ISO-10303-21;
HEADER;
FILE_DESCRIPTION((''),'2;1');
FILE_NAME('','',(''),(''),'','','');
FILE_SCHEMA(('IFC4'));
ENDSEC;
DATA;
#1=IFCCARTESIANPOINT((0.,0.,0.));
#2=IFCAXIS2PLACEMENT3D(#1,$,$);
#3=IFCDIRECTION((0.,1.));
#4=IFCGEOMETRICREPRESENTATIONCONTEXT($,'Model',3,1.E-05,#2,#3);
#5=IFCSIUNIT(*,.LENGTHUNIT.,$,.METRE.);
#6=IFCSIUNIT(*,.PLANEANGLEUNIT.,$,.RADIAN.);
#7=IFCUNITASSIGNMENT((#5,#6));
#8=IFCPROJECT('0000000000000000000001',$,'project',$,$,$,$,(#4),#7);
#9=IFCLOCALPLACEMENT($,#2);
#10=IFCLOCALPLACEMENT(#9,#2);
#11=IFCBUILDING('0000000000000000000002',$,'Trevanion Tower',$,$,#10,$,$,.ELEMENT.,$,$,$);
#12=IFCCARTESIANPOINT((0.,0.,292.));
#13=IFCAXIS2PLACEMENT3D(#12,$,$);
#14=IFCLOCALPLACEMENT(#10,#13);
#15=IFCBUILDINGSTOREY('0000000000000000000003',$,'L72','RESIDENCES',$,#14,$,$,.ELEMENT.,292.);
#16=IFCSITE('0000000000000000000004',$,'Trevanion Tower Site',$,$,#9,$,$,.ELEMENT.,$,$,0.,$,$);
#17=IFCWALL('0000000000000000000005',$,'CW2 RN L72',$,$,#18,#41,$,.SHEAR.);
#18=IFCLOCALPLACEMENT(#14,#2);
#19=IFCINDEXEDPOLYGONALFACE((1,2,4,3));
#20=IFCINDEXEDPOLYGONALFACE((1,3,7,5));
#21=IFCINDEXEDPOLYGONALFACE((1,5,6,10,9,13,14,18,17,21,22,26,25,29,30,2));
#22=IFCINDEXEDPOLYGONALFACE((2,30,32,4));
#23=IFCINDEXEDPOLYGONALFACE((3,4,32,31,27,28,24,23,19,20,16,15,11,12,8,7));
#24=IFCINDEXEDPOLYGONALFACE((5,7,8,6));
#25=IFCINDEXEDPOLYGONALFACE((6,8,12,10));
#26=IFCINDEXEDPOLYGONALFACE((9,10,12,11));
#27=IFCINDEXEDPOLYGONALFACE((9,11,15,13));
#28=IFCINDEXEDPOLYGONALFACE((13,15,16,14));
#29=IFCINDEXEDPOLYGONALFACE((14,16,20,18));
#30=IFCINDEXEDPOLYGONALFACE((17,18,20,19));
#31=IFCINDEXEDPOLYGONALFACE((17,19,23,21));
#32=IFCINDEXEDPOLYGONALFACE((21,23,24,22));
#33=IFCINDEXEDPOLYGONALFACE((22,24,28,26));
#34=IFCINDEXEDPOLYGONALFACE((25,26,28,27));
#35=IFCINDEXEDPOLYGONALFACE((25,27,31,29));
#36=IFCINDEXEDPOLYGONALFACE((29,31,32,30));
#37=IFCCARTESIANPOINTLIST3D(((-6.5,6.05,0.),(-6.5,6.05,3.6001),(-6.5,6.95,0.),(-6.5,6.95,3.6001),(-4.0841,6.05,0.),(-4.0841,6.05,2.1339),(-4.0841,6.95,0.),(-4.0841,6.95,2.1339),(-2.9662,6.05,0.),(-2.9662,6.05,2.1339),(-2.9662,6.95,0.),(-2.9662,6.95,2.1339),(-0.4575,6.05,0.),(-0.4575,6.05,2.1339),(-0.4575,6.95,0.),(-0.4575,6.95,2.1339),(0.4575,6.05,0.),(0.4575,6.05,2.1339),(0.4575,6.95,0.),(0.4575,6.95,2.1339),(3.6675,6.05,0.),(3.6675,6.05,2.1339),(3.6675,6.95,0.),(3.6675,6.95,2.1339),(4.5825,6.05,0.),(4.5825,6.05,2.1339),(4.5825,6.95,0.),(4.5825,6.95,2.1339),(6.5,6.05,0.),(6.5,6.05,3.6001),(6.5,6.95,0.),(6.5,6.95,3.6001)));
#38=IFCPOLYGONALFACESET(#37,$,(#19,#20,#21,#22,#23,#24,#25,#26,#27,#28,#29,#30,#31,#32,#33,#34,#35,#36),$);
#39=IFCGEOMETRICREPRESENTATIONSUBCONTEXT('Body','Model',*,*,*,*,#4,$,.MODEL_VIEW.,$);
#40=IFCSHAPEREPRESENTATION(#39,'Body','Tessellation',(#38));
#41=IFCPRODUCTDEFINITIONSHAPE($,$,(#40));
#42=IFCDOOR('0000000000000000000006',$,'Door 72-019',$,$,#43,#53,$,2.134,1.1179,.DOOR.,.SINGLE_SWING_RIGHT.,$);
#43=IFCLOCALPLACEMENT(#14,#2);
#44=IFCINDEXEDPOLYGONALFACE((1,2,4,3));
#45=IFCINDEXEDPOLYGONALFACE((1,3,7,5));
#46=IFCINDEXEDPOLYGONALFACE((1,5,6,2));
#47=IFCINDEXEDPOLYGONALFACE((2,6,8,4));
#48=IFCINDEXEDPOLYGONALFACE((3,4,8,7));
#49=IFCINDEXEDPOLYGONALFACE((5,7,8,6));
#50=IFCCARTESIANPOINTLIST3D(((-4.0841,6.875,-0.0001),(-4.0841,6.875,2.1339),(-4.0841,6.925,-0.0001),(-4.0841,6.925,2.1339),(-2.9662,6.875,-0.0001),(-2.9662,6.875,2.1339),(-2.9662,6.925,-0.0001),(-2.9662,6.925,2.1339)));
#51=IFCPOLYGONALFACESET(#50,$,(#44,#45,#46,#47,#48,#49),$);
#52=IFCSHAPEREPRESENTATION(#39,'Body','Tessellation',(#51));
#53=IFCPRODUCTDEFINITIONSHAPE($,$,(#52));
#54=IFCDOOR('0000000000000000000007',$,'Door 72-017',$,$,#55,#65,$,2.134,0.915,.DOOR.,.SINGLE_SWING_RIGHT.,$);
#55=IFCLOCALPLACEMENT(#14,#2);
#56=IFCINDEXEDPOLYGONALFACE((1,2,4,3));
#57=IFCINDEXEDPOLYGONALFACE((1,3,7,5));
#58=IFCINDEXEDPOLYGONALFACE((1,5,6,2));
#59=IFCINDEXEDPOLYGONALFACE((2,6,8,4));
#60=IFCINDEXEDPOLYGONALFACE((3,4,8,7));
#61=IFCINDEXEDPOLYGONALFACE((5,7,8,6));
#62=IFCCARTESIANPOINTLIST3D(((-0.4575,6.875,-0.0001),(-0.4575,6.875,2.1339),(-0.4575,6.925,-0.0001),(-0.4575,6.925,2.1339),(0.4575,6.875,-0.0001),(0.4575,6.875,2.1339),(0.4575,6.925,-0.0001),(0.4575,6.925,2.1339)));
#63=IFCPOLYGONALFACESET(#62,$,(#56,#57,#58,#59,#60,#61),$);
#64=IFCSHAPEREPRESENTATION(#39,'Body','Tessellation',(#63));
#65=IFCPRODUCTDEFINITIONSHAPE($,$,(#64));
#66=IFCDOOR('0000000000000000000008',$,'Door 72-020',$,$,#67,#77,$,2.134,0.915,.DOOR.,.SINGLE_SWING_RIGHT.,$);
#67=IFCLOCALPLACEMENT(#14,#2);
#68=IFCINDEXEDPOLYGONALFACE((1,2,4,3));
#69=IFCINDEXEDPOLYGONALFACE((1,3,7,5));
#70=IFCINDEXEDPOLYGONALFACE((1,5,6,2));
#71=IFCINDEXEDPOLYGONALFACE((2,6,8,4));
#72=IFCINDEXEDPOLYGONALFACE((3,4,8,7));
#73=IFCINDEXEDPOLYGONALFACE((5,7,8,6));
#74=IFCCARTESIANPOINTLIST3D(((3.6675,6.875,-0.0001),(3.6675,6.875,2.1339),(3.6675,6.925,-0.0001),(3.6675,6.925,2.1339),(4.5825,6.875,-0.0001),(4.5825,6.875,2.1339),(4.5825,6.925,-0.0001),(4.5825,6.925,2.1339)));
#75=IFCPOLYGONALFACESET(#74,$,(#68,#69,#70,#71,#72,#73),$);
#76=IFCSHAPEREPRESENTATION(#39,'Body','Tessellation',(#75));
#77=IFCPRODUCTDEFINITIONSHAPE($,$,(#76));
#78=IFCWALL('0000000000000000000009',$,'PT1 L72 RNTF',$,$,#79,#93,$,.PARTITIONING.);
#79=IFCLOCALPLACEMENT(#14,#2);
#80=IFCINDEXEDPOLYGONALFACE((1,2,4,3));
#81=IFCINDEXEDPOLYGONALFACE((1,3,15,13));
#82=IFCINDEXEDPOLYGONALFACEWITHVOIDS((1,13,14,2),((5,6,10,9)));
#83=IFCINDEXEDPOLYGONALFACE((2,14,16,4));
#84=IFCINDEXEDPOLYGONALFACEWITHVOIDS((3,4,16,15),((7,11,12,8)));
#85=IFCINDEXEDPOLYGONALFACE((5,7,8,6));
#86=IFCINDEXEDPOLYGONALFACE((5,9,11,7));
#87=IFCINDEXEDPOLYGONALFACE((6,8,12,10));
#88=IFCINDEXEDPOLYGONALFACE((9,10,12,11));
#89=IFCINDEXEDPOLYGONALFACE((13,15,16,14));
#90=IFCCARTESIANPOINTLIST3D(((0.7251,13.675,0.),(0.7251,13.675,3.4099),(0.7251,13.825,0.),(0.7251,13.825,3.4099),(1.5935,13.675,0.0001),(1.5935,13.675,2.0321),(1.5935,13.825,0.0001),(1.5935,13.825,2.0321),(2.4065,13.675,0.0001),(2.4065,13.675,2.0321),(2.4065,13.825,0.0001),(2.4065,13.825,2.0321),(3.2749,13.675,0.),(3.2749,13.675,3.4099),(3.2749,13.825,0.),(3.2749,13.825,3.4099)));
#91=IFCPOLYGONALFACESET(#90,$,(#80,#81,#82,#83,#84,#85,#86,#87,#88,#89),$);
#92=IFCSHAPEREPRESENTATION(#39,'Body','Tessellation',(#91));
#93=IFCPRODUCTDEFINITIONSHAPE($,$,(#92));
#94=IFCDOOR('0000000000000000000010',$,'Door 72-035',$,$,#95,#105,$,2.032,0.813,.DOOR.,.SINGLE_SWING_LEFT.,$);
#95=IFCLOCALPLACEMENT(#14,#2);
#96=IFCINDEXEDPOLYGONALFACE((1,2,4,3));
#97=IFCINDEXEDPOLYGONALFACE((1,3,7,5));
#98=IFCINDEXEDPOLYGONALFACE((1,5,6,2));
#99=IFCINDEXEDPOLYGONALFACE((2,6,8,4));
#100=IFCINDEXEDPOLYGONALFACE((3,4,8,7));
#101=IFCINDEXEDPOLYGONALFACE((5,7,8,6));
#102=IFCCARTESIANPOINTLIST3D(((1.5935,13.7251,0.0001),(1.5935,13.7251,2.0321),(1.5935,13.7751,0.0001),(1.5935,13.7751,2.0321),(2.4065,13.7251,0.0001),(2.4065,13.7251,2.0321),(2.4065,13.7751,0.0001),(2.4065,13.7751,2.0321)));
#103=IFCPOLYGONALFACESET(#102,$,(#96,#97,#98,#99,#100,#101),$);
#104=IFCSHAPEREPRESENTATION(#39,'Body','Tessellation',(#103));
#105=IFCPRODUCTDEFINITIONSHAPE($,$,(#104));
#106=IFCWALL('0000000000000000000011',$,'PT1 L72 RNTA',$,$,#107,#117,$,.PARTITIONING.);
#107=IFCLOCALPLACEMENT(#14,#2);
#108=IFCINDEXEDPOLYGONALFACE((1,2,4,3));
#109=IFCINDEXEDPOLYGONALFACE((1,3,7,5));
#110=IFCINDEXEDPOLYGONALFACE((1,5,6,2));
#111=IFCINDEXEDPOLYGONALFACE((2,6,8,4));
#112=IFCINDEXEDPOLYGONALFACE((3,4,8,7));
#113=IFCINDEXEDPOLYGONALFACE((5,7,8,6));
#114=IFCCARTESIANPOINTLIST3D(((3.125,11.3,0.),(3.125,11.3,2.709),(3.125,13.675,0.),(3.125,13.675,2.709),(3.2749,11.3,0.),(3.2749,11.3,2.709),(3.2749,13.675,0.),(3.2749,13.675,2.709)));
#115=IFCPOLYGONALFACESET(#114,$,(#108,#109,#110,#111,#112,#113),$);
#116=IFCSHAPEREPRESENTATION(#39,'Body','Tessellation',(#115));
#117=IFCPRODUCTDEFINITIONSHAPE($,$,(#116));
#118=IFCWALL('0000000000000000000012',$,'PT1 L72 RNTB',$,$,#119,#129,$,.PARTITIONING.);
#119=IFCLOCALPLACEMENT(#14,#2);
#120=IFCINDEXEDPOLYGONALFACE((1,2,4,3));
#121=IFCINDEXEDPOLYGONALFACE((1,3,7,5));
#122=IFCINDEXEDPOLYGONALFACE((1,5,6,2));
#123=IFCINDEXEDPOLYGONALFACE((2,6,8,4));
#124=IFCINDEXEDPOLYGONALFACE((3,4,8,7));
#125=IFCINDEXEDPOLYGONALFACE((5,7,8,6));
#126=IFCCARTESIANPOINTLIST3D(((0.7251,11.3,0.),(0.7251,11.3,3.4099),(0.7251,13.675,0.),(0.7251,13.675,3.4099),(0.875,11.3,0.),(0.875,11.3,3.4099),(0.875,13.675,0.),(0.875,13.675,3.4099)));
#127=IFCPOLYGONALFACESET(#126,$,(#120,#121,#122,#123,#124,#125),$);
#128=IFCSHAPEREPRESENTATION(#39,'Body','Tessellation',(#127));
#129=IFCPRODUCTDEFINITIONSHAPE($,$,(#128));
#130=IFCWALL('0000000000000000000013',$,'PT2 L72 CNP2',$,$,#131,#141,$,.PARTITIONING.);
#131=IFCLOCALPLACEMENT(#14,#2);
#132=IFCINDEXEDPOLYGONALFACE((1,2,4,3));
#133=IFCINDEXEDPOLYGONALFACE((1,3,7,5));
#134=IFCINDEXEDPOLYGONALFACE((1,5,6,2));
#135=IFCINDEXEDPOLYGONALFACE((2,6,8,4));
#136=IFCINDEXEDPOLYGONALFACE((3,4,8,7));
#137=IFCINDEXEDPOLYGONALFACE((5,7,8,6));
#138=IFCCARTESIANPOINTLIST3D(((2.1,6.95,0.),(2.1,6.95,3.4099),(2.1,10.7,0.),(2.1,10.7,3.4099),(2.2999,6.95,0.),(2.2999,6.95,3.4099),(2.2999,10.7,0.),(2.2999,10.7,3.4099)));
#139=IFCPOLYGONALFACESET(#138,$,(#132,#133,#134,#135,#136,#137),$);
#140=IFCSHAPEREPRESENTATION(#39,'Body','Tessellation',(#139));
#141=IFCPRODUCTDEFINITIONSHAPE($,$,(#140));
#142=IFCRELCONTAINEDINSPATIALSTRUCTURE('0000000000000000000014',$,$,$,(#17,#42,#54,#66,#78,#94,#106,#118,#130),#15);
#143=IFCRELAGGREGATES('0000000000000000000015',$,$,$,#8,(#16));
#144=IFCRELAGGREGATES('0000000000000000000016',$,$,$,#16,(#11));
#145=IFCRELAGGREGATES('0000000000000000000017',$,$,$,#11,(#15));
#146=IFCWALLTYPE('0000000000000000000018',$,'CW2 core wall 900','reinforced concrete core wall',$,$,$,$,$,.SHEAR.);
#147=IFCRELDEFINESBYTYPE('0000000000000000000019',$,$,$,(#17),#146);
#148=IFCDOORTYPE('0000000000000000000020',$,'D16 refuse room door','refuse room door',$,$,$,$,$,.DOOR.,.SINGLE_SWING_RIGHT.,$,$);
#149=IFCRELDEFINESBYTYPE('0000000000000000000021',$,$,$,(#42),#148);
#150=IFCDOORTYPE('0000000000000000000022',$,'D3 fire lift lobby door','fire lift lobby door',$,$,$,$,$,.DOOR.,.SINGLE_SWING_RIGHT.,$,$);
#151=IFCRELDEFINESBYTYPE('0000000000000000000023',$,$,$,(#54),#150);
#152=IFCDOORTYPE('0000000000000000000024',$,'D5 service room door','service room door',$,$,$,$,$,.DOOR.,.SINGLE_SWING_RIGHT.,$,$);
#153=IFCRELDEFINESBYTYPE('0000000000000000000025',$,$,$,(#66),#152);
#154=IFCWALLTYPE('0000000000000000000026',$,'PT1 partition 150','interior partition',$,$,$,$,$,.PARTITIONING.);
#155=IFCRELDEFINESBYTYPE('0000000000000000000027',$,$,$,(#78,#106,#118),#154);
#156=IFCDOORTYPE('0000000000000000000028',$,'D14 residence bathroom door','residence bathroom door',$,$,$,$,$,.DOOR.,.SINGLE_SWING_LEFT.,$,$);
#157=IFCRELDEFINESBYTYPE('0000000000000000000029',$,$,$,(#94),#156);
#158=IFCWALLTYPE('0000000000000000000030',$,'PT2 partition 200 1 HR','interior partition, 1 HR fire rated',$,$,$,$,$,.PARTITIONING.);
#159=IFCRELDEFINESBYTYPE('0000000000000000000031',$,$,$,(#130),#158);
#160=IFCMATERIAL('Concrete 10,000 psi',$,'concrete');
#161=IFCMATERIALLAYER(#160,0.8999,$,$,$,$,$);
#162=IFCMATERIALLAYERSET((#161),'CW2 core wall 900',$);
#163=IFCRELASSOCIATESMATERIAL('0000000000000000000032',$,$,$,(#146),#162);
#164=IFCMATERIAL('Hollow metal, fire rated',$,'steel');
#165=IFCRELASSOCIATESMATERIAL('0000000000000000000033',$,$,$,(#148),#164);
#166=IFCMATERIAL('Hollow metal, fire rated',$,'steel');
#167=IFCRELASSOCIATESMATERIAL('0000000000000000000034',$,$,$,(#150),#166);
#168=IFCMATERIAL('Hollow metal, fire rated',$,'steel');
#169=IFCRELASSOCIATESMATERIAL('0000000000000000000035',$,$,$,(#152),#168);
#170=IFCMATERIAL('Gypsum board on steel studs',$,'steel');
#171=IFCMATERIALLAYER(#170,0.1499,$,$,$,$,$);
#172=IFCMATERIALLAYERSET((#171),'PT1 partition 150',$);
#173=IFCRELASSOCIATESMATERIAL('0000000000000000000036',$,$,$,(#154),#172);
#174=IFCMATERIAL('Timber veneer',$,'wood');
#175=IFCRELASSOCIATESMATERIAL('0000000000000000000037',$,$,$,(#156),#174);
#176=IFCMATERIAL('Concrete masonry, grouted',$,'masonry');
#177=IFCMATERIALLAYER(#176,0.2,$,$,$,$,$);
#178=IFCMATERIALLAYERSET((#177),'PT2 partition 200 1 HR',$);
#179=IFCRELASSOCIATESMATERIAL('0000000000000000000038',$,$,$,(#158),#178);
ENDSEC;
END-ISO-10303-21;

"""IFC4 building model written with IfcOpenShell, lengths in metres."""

from ifc_helpers import new_model, si_unit, direction, frame, frame_2d, origin, place, context, subcontext, project, spatial, rectangle, extrude, material, layer, layer_set, type_object, element, fill, save


model = new_model("IFC4")

# Units and contexts
model_context = context("Model", 3, precision=1e-05, world=origin(), true_north=direction((0.0, 1.0)))
body_context = subcontext(model_context, "Body", "Model", "MODEL_VIEW")
ifc_project = project(units=[si_unit("LENGTHUNIT", "METRE"), si_unit("PLANEANGLEUNIT", "RADIAN")], contexts=[model_context])

# Site, building, storey
site_placement = place(None, origin())
site = spatial("IfcSite", under=ifc_project, at=site_placement, Name="Trevanion Tower Site", CompositionType="ELEMENT", RefElevation=0.0)
building_placement = place(site_placement, origin())
building = spatial("IfcBuilding", under=site, at=building_placement, Name="Trevanion Tower", CompositionType="ELEMENT")
storey_placement = place(building_placement, frame((0.0, 0.0, 292.0)))
storey = spatial("IfcBuildingStorey", under=building, at=storey_placement, Name="L72", Description="RESIDENCES", CompositionType="ELEMENT", Elevation=292.0)

# Wall, openings, doors
ifc_material_1 = material(Name="Concrete 10,000 psi", Category="concrete")
ifc_layer_1 = layer(ifc_material_1, 0.8999)
ifc_layer_set_1 = layer_set([ifc_layer_1], Name="CW2 core wall 900")
wall_type_1 = type_object("IfcWallType", Name="CW2 core wall 900", Description="reinforced concrete core wall", PredefinedType="SHEAR", material=ifc_layer_set_1)
wall_1_placement = place(storey_placement, frame((6.5, 6.5, 0.0), z_axis=(0.0, 0.0, 1.0), x_axis=(-1.0, 0.0, 0.0)))
wall_1 = element("IfcWall", 1, at=wall_1_placement, inside=storey, type_object=wall_type_1, Name="CW2 RN L72", PredefinedType="SHEAR", context=body_context, shape_type="SweptSolid", body=[
    extrude(rectangle(XDim=13.0, YDim=0.8999, at=frame_2d((6.5, 0.0))), origin(), (0.0, 0.0, 1.0), 3.6001),
])
opening_1_placement = place(wall_1_placement, frame((6.0425, 0.0, 0.0)))
opening_1 = element("IfcOpeningElement", 2, at=opening_1_placement, cuts=wall_1, PredefinedType="OPENING", context=body_context, shape_type="SweptSolid", body=[
    extrude(rectangle(XDim=0.915, YDim=2.134, at=frame_2d((0.4575, 1.0669))), frame((0.0, 0.46, 0.0), z_axis=(0.0, -1.0, 0.0), x_axis=(1.0, 0.0, 0.0)), (0.0, 0.0, 1.0), 0.9199),
])
opening_2_placement = place(wall_1_placement, frame((9.4661, 0.0, 0.0)))
opening_2 = element("IfcOpeningElement", 3, at=opening_2_placement, cuts=wall_1, PredefinedType="OPENING", context=body_context, shape_type="SweptSolid", body=[
    extrude(rectangle(XDim=1.1179, YDim=2.134, at=frame_2d((0.5591, 1.0669))), frame((0.0, 0.46, 0.0), z_axis=(0.0, -1.0, 0.0), x_axis=(1.0, 0.0, 0.0)), (0.0, 0.0, 1.0), 0.9199),
])
opening_3_placement = place(wall_1_placement, frame((1.9175, 0.0, 0.0)))
opening_3 = element("IfcOpeningElement", 4, at=opening_3_placement, cuts=wall_1, PredefinedType="OPENING", context=body_context, shape_type="SweptSolid", body=[
    extrude(rectangle(XDim=0.915, YDim=2.134, at=frame_2d((0.4575, 1.0669))), frame((0.0, 0.46, 0.0), z_axis=(0.0, -1.0, 0.0), x_axis=(1.0, 0.0, 0.0)), (0.0, 0.0, 1.0), 0.9199),
])
ifc_material_2 = material(Name="Hollow metal, fire rated", Category="steel")
door_type_1 = type_object("IfcDoorType", Name="D16 refuse room door", Description="refuse room door", OperationType="SINGLE_SWING_RIGHT", PredefinedType="DOOR", material=ifc_material_2)
door_1_placement = place(opening_2_placement, origin())
door_1 = element("IfcDoor", 5, at=door_1_placement, inside=storey, type_object=door_type_1, Name="Door 72-019", OperationType="SINGLE_SWING_RIGHT", OverallHeight=2.134, OverallWidth=1.1179, PredefinedType="DOOR", context=body_context, shape_type="SweptSolid", body=[
    extrude(rectangle(XDim=1.1179, YDim=2.134, at=frame_2d((0.5591, 1.0669))), frame((0.0, -0.375, 0.0), z_axis=(0.0, -1.0, 0.0), x_axis=(1.0, 0.0, 0.0)), (0.0, 0.0, 1.0), 0.05),
])
fill(opening_2, door_1)
ifc_material_3 = material(Name="Hollow metal, fire rated", Category="steel")
door_type_2 = type_object("IfcDoorType", Name="D3 fire lift lobby door", Description="fire lift lobby door", OperationType="SINGLE_SWING_RIGHT", PredefinedType="DOOR", material=ifc_material_3)
door_2_placement = place(opening_1_placement, origin())
door_2 = element("IfcDoor", 6, at=door_2_placement, inside=storey, type_object=door_type_2, Name="Door 72-017", OperationType="SINGLE_SWING_RIGHT", OverallHeight=2.134, OverallWidth=0.915, PredefinedType="DOOR", context=body_context, shape_type="SweptSolid", body=[
    extrude(rectangle(XDim=0.915, YDim=2.134, at=frame_2d((0.4575, 1.0669))), frame((0.0, -0.375, 0.0), z_axis=(0.0, -1.0, 0.0), x_axis=(1.0, 0.0, 0.0)), (0.0, 0.0, 1.0), 0.05),
])
fill(opening_1, door_2)
ifc_material_4 = material(Name="Hollow metal, fire rated", Category="steel")
door_type_3 = type_object("IfcDoorType", Name="D5 service room door", Description="service room door", OperationType="SINGLE_SWING_RIGHT", PredefinedType="DOOR", material=ifc_material_4)
door_3_placement = place(opening_3_placement, origin())
door_3 = element("IfcDoor", 7, at=door_3_placement, inside=storey, type_object=door_type_3, Name="Door 72-020", OperationType="SINGLE_SWING_RIGHT", OverallHeight=2.134, OverallWidth=0.915, PredefinedType="DOOR", context=body_context, shape_type="SweptSolid", body=[
    extrude(rectangle(XDim=0.915, YDim=2.134, at=frame_2d((0.4575, 1.0669))), frame((0.0, -0.375, 0.0), z_axis=(0.0, -1.0, 0.0), x_axis=(1.0, 0.0, 0.0)), (0.0, 0.0, 1.0), 0.05),
])
fill(opening_3, door_3)

# Wall, opening, door
ifc_material_5 = material(Name="Gypsum board on steel studs", Category="steel")
ifc_layer_2 = layer(ifc_material_5, 0.1499)
ifc_layer_set_2 = layer_set([ifc_layer_2], Name="PT1 partition 150")
wall_type_2 = type_object("IfcWallType", Name="PT1 partition 150", Description="interior partition", PredefinedType="PARTITIONING", material=ifc_layer_set_2)
wall_2_placement = place(storey_placement, frame((3.2749, 13.75, 0.0), z_axis=(0.0, 0.0, 1.0), x_axis=(-1.0, 0.0, 0.0)))
wall_2 = element("IfcWall", 8, at=wall_2_placement, inside=storey, type_object=wall_type_2, Name="PT1 L72 RNTF", PredefinedType="PARTITIONING", context=body_context, shape_type="SweptSolid", body=[
    extrude(rectangle(XDim=2.5498, YDim=0.1499, at=frame_2d((1.2749, 0.0))), origin(), (0.0, 0.0, 1.0), 3.4099),
])
opening_4_placement = place(wall_2_placement, frame((0.8684, 0.0, 0.0)))
opening_4 = element("IfcOpeningElement", 9, at=opening_4_placement, cuts=wall_2, PredefinedType="OPENING", context=body_context, shape_type="SweptSolid", body=[
    extrude(rectangle(XDim=0.813, YDim=2.032, at=frame_2d((0.4065, 1.0161))), frame((0.0, 0.085, 0.0), z_axis=(0.0, -1.0, 0.0), x_axis=(1.0, 0.0, 0.0)), (0.0, 0.0, 1.0), 0.1699),
])
ifc_material_6 = material(Name="Timber veneer", Category="wood")
door_type_4 = type_object("IfcDoorType", Name="D14 residence bathroom door", Description="residence bathroom door", OperationType="SINGLE_SWING_LEFT", PredefinedType="DOOR", material=ifc_material_6)
door_4_placement = place(opening_4_placement, origin())
door_4 = element("IfcDoor", 10, at=door_4_placement, inside=storey, type_object=door_type_4, Name="Door 72-035", OperationType="SINGLE_SWING_LEFT", OverallHeight=2.032, OverallWidth=0.813, PredefinedType="DOOR", context=body_context, shape_type="SweptSolid", body=[
    extrude(rectangle(XDim=0.813, YDim=2.032, at=frame_2d((0.4065, 1.0161))), frame((0.0, 0.0249, 0.0), z_axis=(0.0, -1.0, 0.0), x_axis=(1.0, 0.0, 0.0)), (0.0, 0.0, 1.0), 0.05),
])
fill(opening_4, door_4)

# Walls
wall_3_placement = place(storey_placement, frame((3.2, 11.3, 0.0), z_axis=(0.0, 0.0, 1.0), x_axis=(0.0, 1.0, 0.0)))
element("IfcWall", 11, at=wall_3_placement, inside=storey, type_object=wall_type_2, Name="PT1 L72 RNTA", PredefinedType="PARTITIONING", context=body_context, shape_type="SweptSolid", body=[
    extrude(rectangle(XDim=2.375, YDim=0.1499, at=frame_2d((1.1875, 0.0))), origin(), (0.0, 0.0, 1.0), 2.709),
])
wall_4_placement = place(storey_placement, frame((0.8, 11.3, 0.0), z_axis=(0.0, 0.0, 1.0), x_axis=(0.0, 1.0, 0.0)))
element("IfcWall", 12, at=wall_4_placement, inside=storey, type_object=wall_type_2, Name="PT1 L72 RNTB", PredefinedType="PARTITIONING", context=body_context, shape_type="SweptSolid", body=[
    extrude(rectangle(XDim=2.375, YDim=0.1499, at=frame_2d((1.1875, 0.0))), origin(), (0.0, 0.0, 1.0), 3.4099),
])
ifc_material_7 = material(Name="Concrete masonry, grouted", Category="masonry")
ifc_layer_3 = layer(ifc_material_7, 0.2)
ifc_layer_set_3 = layer_set([ifc_layer_3], Name="PT2 partition 200 1 HR")
wall_type_3 = type_object("IfcWallType", Name="PT2 partition 200 1 HR", Description="interior partition, 1 HR fire rated", PredefinedType="PARTITIONING", material=ifc_layer_set_3)
wall_5_placement = place(storey_placement, frame((2.2, 6.95, 0.0), z_axis=(0.0, 0.0, 1.0), x_axis=(0.0, 1.0, 0.0)))
element("IfcWall", 13, at=wall_5_placement, inside=storey, type_object=wall_type_3, Name="PT2 L72 CNP2", PredefinedType="PARTITIONING", context=body_context, shape_type="SweptSolid", body=[
    extrude(rectangle(XDim=3.75, YDim=0.2, at=frame_2d((1.875, 0.0))), origin(), (0.0, 0.0, 1.0), 3.4099),
])

save(model, "model.ifc")
